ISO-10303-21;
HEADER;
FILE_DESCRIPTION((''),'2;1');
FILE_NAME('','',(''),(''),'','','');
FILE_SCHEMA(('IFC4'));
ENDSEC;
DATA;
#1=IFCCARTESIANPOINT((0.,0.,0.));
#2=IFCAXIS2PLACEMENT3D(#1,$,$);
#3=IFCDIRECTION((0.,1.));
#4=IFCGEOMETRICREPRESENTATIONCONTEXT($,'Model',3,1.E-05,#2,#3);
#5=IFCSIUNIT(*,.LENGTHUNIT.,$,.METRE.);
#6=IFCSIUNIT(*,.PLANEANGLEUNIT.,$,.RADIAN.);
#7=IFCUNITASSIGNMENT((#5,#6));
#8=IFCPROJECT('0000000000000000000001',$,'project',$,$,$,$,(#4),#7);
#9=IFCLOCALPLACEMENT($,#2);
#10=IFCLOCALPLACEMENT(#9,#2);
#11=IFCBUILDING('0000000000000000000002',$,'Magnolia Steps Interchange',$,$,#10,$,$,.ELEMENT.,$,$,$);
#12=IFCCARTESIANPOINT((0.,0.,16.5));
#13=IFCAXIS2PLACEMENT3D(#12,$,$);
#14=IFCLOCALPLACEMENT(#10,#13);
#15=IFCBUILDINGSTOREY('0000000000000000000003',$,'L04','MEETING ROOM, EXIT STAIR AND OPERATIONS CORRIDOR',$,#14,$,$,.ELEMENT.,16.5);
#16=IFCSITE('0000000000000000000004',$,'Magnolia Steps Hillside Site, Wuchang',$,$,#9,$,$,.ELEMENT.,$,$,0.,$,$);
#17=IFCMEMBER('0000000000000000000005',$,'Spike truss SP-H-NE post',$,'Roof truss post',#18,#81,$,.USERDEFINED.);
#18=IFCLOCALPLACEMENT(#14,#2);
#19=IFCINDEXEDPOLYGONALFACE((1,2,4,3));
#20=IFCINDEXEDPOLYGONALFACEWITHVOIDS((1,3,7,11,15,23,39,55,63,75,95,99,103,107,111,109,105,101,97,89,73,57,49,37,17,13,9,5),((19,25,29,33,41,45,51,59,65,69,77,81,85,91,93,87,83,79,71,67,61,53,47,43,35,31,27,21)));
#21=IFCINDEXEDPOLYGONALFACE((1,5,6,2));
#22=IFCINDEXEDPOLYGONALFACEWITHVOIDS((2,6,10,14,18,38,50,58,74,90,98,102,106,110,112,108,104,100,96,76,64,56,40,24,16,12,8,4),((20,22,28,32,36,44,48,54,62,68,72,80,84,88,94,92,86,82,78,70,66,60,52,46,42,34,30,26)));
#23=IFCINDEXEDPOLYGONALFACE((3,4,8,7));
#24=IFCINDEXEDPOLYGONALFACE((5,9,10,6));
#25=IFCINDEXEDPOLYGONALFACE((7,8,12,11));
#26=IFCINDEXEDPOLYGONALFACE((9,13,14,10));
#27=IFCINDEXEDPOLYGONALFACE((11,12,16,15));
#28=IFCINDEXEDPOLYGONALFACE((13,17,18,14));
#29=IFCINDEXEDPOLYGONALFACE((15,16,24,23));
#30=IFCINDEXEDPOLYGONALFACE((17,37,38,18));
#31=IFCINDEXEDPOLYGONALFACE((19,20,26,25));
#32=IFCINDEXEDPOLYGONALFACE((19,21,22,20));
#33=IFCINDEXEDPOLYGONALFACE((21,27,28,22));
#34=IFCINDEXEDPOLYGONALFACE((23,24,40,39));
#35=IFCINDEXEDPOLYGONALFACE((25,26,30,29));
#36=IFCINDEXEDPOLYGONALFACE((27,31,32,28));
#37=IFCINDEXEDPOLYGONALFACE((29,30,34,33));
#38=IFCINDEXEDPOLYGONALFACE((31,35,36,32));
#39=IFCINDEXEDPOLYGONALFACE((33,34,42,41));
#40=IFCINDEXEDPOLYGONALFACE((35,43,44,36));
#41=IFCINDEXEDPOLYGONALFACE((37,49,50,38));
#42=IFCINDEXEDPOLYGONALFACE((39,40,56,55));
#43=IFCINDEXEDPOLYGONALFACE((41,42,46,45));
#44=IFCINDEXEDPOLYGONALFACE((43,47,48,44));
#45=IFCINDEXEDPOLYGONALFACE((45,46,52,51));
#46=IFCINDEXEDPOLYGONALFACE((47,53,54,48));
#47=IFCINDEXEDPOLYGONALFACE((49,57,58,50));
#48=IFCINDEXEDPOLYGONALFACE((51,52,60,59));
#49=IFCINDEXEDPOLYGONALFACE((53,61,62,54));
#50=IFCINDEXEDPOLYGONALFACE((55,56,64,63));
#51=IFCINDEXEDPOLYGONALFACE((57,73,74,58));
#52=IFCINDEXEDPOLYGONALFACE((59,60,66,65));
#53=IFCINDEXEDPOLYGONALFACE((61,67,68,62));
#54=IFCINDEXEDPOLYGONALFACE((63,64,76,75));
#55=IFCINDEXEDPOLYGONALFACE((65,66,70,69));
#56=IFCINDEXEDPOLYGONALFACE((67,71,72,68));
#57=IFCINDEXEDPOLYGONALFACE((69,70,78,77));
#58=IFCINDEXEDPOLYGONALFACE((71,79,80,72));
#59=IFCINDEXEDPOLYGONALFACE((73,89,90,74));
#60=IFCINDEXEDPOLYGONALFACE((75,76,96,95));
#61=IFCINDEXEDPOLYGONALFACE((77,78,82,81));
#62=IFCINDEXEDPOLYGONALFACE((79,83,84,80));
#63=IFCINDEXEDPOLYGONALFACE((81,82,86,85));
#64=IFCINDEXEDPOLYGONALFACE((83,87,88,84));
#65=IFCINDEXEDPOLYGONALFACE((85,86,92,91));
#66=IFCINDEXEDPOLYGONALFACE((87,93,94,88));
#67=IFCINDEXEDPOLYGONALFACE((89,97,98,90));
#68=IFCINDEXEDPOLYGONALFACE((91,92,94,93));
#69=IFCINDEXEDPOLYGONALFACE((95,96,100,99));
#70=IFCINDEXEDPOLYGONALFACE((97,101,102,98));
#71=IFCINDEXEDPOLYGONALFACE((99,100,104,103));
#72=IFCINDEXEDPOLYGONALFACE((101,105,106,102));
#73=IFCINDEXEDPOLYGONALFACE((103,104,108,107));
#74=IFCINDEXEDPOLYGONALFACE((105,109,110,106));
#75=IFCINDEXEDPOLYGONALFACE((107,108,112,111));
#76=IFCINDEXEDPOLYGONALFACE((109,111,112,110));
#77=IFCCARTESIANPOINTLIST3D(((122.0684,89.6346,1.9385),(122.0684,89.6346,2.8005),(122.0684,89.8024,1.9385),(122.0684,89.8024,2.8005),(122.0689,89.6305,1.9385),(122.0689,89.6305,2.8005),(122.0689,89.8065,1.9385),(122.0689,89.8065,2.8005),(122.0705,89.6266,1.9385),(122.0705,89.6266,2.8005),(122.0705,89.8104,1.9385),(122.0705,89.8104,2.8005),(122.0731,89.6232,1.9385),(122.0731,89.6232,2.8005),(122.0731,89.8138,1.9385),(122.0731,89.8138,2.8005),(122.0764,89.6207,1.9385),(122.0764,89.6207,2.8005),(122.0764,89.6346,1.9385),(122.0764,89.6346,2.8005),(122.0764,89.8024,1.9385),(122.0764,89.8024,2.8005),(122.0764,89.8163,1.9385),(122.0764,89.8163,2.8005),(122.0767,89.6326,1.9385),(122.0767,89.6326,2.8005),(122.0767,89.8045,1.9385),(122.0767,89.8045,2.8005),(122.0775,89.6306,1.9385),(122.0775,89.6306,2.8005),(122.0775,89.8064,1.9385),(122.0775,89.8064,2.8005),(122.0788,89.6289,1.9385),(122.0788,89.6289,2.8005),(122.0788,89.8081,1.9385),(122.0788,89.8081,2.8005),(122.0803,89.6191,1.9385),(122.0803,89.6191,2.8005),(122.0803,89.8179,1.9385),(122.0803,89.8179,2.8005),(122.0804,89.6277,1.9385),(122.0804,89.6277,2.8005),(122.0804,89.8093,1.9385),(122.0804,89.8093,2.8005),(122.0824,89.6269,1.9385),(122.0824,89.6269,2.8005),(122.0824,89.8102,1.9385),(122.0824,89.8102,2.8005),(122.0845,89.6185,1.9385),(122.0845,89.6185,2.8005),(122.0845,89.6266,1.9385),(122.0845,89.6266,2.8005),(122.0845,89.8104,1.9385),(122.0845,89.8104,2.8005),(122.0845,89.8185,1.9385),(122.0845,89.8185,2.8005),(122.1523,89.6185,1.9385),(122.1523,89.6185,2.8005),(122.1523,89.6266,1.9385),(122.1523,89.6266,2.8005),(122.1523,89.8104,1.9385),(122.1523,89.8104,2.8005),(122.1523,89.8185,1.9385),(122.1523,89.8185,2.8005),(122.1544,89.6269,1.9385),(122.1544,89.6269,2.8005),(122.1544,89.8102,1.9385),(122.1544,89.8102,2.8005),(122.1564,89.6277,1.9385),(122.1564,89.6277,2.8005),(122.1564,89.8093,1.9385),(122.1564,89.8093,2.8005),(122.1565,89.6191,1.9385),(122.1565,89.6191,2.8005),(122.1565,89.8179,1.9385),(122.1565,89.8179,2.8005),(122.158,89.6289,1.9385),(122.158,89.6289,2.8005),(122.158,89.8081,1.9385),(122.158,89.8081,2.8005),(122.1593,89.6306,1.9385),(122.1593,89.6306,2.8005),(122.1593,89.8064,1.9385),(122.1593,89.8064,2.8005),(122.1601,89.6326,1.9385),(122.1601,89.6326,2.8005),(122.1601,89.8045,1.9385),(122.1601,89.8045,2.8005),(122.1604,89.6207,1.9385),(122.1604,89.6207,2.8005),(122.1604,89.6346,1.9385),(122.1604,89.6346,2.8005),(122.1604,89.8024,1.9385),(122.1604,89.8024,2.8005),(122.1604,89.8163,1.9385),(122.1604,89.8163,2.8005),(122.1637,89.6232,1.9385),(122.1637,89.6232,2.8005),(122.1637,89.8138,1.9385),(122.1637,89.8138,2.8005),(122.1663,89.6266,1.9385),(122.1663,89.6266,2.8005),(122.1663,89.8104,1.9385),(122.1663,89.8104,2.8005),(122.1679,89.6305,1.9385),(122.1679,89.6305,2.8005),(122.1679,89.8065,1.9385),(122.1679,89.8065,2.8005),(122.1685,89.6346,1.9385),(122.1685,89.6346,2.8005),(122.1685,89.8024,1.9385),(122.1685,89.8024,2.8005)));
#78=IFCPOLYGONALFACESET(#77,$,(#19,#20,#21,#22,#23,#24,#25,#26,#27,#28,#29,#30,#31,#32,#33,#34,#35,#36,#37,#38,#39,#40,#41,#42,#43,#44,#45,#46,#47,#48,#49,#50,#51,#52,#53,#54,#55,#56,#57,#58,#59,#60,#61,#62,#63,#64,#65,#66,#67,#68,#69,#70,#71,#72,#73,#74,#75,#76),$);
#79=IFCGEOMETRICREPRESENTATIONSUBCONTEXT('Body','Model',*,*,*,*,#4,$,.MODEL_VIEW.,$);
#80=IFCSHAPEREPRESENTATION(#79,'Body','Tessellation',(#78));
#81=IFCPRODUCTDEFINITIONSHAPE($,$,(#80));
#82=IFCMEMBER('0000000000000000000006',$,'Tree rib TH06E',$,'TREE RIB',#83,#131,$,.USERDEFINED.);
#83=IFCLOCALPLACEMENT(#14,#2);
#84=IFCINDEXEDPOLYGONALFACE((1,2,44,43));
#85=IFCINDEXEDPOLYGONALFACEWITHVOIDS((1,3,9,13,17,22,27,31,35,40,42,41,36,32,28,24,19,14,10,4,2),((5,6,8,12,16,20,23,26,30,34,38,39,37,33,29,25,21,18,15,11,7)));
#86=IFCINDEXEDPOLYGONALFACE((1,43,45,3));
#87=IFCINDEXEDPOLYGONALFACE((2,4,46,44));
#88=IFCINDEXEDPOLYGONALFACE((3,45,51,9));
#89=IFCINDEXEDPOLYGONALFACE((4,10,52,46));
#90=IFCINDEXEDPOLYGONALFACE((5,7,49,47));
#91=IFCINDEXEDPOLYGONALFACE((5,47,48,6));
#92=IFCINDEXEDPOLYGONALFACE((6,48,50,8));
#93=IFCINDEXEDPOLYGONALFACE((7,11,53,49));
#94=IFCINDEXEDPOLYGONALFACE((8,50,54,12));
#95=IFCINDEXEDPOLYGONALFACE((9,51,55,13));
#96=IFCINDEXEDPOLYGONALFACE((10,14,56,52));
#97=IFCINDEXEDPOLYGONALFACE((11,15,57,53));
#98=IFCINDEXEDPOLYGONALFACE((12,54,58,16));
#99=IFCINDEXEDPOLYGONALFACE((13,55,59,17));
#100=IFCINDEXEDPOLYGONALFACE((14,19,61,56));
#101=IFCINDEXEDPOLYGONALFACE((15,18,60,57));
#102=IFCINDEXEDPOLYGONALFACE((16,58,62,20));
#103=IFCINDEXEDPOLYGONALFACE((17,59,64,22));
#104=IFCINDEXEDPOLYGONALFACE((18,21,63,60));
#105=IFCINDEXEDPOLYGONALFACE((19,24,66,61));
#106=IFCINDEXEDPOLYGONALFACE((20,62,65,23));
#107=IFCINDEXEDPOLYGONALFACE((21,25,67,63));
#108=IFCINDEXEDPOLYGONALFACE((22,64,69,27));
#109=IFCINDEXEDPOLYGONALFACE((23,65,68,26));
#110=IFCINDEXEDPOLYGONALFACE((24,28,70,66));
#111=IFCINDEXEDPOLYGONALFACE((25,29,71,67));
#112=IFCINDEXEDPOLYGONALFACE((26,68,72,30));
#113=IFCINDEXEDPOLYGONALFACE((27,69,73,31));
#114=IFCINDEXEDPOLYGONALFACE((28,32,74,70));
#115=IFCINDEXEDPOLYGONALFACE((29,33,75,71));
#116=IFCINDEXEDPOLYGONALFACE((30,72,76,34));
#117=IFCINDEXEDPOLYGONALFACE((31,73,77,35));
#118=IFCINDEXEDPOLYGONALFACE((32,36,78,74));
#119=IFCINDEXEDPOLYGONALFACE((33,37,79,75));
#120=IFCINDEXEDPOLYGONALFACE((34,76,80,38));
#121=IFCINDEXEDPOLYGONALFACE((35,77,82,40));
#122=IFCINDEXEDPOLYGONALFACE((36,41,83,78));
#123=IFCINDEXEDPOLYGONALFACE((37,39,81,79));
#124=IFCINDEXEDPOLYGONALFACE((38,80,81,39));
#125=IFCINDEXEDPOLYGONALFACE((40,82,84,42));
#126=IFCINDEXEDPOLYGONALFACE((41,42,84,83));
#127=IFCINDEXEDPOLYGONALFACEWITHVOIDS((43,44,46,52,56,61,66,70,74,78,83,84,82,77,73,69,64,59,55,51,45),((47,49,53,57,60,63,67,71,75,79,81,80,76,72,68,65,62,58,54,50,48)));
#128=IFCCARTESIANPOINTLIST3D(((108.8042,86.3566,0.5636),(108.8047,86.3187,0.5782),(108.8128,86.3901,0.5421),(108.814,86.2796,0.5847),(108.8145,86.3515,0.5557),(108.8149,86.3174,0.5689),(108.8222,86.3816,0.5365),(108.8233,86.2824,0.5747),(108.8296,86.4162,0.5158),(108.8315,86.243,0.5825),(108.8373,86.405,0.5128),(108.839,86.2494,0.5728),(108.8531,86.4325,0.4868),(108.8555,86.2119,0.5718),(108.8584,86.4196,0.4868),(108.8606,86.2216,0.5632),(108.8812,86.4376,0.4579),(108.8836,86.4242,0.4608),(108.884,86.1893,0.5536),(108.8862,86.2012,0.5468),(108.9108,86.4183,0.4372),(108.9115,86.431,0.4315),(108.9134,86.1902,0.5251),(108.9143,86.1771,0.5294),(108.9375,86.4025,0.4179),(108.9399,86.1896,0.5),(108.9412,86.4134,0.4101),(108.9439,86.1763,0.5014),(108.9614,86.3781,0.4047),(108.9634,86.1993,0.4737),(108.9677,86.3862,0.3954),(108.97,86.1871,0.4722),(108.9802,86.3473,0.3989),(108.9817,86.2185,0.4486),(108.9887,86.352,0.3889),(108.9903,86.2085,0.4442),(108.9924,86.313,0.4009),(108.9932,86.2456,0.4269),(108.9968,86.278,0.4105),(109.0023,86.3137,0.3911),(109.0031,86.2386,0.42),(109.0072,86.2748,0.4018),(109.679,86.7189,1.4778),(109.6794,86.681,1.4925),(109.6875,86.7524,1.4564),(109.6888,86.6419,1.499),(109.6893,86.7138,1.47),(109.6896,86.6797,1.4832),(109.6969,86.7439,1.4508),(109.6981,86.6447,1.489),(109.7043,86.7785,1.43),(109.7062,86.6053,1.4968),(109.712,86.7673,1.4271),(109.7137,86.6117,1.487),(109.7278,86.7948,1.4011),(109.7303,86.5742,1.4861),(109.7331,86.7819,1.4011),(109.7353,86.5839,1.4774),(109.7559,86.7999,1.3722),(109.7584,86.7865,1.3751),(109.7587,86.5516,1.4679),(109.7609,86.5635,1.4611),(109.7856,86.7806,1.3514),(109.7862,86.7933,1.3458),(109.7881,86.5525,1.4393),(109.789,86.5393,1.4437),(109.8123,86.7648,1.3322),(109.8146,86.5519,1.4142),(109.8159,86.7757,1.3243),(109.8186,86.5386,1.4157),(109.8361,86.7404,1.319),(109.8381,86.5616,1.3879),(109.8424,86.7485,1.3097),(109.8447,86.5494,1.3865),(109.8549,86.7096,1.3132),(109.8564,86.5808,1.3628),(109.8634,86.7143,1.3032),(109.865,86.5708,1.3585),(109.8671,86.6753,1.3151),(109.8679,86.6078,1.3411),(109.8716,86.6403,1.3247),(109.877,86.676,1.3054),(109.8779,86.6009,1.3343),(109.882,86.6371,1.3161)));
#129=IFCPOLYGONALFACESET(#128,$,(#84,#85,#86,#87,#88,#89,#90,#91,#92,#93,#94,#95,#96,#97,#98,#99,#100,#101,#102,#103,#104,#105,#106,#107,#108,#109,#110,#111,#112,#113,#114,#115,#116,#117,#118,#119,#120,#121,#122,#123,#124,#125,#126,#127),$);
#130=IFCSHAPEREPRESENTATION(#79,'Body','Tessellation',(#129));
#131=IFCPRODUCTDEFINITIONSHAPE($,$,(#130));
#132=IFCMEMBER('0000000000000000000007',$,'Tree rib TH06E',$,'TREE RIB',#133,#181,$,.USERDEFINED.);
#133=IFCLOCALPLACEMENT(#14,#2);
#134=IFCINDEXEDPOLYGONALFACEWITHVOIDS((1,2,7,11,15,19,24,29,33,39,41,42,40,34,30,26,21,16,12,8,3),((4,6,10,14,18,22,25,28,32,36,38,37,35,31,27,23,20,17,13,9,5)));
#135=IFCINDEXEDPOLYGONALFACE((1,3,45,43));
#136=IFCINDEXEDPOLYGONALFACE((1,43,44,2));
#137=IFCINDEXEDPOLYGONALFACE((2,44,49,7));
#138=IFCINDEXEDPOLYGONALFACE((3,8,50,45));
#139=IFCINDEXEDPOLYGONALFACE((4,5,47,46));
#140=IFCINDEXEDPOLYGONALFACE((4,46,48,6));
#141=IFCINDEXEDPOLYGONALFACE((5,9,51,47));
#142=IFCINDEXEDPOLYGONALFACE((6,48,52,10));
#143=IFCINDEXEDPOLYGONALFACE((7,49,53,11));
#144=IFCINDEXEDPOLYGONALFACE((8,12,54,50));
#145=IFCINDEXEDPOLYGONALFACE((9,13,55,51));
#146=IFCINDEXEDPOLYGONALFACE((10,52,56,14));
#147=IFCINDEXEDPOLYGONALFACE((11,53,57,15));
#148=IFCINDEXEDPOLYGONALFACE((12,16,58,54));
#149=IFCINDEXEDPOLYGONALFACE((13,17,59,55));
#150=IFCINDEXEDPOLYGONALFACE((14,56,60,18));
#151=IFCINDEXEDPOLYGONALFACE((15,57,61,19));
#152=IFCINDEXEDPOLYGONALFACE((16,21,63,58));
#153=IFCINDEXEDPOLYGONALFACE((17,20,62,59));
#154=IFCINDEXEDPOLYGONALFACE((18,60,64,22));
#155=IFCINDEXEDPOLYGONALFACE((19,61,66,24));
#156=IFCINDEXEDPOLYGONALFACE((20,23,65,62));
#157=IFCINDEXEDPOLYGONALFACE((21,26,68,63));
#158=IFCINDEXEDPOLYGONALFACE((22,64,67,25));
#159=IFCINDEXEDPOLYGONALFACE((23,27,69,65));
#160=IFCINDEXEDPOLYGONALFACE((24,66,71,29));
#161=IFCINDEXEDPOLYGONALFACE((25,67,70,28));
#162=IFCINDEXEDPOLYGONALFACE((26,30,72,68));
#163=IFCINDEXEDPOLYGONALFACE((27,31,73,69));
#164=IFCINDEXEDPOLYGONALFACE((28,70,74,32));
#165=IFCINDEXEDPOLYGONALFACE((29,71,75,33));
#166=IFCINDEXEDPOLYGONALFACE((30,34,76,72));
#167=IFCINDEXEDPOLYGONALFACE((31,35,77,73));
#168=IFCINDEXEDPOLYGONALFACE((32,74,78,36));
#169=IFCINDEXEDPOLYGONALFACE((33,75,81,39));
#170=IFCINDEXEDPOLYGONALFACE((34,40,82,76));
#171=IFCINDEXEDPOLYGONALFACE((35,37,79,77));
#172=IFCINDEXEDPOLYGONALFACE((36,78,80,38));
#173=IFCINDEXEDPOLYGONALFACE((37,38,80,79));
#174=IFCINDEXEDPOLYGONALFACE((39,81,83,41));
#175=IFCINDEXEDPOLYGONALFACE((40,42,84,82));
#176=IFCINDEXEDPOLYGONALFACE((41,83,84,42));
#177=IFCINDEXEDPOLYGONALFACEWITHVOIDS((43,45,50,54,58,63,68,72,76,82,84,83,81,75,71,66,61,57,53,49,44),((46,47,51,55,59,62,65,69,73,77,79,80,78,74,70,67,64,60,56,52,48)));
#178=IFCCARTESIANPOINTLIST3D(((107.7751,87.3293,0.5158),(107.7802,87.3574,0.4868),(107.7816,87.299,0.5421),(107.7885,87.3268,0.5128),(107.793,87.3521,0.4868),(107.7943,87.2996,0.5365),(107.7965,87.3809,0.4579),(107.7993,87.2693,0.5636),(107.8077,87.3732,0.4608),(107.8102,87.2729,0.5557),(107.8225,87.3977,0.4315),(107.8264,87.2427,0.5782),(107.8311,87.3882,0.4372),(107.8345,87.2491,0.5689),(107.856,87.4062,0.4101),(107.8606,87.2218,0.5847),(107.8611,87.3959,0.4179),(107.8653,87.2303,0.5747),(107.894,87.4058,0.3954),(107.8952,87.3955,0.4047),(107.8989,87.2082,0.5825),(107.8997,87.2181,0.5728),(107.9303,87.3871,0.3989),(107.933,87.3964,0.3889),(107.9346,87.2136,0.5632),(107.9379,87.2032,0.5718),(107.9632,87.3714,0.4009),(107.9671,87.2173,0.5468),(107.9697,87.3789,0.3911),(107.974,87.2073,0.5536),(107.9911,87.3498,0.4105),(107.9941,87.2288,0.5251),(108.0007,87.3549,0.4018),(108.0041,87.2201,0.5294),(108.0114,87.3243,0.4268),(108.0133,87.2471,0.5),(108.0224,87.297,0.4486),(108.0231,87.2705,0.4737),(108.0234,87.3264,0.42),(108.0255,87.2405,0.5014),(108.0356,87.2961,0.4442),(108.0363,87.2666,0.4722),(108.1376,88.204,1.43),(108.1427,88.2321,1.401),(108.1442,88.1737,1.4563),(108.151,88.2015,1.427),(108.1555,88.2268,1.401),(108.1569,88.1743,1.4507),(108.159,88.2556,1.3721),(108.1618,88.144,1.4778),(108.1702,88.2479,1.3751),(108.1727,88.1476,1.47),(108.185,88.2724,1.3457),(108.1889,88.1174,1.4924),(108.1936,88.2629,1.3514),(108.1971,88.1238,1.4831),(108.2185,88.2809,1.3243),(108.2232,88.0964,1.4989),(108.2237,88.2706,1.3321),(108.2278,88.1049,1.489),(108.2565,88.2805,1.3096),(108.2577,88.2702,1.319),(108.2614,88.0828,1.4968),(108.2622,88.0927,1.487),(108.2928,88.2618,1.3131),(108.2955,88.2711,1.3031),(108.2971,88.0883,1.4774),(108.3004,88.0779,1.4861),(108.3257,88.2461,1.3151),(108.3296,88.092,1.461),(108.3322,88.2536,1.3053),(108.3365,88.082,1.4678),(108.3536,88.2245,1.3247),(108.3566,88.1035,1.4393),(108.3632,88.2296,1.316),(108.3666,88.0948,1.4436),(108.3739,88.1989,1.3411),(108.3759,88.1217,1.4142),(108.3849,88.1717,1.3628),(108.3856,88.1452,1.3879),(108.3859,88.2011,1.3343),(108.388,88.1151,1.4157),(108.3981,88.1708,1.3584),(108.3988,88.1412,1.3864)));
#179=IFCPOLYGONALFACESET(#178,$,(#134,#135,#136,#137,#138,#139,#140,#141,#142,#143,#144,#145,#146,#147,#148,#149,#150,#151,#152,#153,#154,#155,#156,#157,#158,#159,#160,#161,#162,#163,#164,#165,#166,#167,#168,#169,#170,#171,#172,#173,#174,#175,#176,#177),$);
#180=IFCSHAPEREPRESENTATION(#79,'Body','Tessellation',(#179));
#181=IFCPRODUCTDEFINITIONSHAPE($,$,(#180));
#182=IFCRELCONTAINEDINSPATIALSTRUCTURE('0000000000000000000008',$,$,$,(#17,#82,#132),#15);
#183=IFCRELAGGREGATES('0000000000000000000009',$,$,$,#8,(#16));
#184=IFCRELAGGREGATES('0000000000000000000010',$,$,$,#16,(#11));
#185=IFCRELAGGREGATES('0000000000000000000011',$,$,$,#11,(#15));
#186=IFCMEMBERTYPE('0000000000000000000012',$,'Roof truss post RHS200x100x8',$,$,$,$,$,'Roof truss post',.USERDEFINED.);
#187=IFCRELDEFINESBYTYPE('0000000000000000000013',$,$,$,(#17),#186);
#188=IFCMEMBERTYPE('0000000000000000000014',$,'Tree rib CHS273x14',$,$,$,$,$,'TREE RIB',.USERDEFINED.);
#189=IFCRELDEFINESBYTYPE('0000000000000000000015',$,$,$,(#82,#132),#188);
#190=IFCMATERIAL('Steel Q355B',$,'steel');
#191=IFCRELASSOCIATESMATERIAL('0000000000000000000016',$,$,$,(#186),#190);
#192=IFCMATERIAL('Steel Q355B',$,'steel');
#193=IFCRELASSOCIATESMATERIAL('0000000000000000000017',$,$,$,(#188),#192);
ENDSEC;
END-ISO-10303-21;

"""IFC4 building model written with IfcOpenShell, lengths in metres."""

from ifc_helpers import new_model, si_unit, direction, frame, origin, origin_2d, place, context, subcontext, project, spatial, hollow_rectangle, hollow_circle, extrude, material, material_profile, profile_set, type_object, element, save


model = new_model("IFC4")

# Units and contexts
model_context = context("Model", 3, precision=1e-05, world=origin(), true_north=direction((0.0, 1.0)))
body_context = subcontext(model_context, "Body", "Model", "MODEL_VIEW")
ifc_project = project(units=[si_unit("LENGTHUNIT", "METRE"), si_unit("PLANEANGLEUNIT", "RADIAN")], contexts=[model_context])

# Site, building, storey
site_placement = place(None, origin())
site = spatial("IfcSite", under=ifc_project, at=site_placement, Name="Magnolia Steps Hillside Site, Wuchang", CompositionType="ELEMENT", RefElevation=0.0)
building_placement = place(site_placement, origin())
building = spatial("IfcBuilding", under=site, at=building_placement, Name="Magnolia Steps Interchange", CompositionType="ELEMENT")
storey_placement = place(building_placement, frame((0.0, 0.0, 16.5)))
storey = spatial("IfcBuildingStorey", under=building, at=storey_placement, Name="L04", Description="MEETING ROOM, EXIT STAIR AND OPERATIONS CORRIDOR", CompositionType="ELEMENT", Elevation=16.5)

# Members
ifc_material_1 = material(Name="Steel Q355B", Category="steel")
ifc_material_profile_1 = material_profile(ifc_material_1, hollow_rectangle(XDim=0.1001, YDim=0.2, WallThickness=0.0081, InnerFilletRadius=0.0081, OuterFilletRadius=0.0161, at=origin_2d()), Name="RHS200x100x8")
ifc_profile_set_1 = profile_set([ifc_material_profile_1], Name="Steel Q355B")
member_type_1 = type_object("IfcMemberType", Name="Roof truss post RHS200x100x8", ElementType="Roof truss post", PredefinedType="USERDEFINED", material=ifc_profile_set_1)
member_1_placement = place(storey_placement, frame((122.1184, 89.7185, 1.9385), z_axis=(0.0, 0.0, 1.0), x_axis=(1.0, 0.0, 0.0)))
element("IfcMember", 1, at=member_1_placement, inside=storey, type_object=member_type_1, Name="Spike truss SP-H-NE post", ObjectType="Roof truss post", PredefinedType="USERDEFINED", context=body_context, shape_type="SweptSolid", body=[
    extrude(hollow_rectangle(XDim=0.1001, YDim=0.2, WallThickness=0.0081, InnerFilletRadius=0.0081, OuterFilletRadius=0.0161, at=origin_2d()), origin(), (0.0, 0.0, 1.0), 0.8621),
])
ifc_material_2 = material(Name="Steel Q355B", Category="steel")
ifc_material_profile_2 = material_profile(ifc_material_2, hollow_circle(Radius=0.1365, WallThickness=0.0139, at=origin_2d()), Name="CHS273x14")
ifc_profile_set_2 = profile_set([ifc_material_profile_2], Name="Steel Q355B")
member_type_2 = type_object("IfcMemberType", Name="Tree rib CHS273x14", ElementType="TREE RIB", PredefinedType="USERDEFINED", material=ifc_profile_set_2)
for number, where, z_axis, x_axis, name in (
    (2, (108.9053, 86.3064, 0.4868), (0.6646, 0.275263, 0.694649), (-0.382655, 0.923891, 0.0), "Tree rib TH06E"),
    (3, (107.9062, 87.3052, 0.4868), (0.275434, 0.664566, 0.694613), (-0.9238, 0.382876, 0.0), "Tree rib TH06E"),
):
    element("IfcMember", number, at=place(storey_placement, frame(where, z_axis=z_axis, x_axis=x_axis)), inside=storey, type_object=member_type_2, Name=name, ObjectType="TREE RIB", PredefinedType="USERDEFINED", context=body_context, shape_type="SweptSolid", body=[
        extrude(hollow_circle(Radius=0.1365, WallThickness=0.0139, at=origin_2d()), origin(), (0.0, 0.0, 1.0), 1.3162),
    ])

save(model, "model.ifc")
